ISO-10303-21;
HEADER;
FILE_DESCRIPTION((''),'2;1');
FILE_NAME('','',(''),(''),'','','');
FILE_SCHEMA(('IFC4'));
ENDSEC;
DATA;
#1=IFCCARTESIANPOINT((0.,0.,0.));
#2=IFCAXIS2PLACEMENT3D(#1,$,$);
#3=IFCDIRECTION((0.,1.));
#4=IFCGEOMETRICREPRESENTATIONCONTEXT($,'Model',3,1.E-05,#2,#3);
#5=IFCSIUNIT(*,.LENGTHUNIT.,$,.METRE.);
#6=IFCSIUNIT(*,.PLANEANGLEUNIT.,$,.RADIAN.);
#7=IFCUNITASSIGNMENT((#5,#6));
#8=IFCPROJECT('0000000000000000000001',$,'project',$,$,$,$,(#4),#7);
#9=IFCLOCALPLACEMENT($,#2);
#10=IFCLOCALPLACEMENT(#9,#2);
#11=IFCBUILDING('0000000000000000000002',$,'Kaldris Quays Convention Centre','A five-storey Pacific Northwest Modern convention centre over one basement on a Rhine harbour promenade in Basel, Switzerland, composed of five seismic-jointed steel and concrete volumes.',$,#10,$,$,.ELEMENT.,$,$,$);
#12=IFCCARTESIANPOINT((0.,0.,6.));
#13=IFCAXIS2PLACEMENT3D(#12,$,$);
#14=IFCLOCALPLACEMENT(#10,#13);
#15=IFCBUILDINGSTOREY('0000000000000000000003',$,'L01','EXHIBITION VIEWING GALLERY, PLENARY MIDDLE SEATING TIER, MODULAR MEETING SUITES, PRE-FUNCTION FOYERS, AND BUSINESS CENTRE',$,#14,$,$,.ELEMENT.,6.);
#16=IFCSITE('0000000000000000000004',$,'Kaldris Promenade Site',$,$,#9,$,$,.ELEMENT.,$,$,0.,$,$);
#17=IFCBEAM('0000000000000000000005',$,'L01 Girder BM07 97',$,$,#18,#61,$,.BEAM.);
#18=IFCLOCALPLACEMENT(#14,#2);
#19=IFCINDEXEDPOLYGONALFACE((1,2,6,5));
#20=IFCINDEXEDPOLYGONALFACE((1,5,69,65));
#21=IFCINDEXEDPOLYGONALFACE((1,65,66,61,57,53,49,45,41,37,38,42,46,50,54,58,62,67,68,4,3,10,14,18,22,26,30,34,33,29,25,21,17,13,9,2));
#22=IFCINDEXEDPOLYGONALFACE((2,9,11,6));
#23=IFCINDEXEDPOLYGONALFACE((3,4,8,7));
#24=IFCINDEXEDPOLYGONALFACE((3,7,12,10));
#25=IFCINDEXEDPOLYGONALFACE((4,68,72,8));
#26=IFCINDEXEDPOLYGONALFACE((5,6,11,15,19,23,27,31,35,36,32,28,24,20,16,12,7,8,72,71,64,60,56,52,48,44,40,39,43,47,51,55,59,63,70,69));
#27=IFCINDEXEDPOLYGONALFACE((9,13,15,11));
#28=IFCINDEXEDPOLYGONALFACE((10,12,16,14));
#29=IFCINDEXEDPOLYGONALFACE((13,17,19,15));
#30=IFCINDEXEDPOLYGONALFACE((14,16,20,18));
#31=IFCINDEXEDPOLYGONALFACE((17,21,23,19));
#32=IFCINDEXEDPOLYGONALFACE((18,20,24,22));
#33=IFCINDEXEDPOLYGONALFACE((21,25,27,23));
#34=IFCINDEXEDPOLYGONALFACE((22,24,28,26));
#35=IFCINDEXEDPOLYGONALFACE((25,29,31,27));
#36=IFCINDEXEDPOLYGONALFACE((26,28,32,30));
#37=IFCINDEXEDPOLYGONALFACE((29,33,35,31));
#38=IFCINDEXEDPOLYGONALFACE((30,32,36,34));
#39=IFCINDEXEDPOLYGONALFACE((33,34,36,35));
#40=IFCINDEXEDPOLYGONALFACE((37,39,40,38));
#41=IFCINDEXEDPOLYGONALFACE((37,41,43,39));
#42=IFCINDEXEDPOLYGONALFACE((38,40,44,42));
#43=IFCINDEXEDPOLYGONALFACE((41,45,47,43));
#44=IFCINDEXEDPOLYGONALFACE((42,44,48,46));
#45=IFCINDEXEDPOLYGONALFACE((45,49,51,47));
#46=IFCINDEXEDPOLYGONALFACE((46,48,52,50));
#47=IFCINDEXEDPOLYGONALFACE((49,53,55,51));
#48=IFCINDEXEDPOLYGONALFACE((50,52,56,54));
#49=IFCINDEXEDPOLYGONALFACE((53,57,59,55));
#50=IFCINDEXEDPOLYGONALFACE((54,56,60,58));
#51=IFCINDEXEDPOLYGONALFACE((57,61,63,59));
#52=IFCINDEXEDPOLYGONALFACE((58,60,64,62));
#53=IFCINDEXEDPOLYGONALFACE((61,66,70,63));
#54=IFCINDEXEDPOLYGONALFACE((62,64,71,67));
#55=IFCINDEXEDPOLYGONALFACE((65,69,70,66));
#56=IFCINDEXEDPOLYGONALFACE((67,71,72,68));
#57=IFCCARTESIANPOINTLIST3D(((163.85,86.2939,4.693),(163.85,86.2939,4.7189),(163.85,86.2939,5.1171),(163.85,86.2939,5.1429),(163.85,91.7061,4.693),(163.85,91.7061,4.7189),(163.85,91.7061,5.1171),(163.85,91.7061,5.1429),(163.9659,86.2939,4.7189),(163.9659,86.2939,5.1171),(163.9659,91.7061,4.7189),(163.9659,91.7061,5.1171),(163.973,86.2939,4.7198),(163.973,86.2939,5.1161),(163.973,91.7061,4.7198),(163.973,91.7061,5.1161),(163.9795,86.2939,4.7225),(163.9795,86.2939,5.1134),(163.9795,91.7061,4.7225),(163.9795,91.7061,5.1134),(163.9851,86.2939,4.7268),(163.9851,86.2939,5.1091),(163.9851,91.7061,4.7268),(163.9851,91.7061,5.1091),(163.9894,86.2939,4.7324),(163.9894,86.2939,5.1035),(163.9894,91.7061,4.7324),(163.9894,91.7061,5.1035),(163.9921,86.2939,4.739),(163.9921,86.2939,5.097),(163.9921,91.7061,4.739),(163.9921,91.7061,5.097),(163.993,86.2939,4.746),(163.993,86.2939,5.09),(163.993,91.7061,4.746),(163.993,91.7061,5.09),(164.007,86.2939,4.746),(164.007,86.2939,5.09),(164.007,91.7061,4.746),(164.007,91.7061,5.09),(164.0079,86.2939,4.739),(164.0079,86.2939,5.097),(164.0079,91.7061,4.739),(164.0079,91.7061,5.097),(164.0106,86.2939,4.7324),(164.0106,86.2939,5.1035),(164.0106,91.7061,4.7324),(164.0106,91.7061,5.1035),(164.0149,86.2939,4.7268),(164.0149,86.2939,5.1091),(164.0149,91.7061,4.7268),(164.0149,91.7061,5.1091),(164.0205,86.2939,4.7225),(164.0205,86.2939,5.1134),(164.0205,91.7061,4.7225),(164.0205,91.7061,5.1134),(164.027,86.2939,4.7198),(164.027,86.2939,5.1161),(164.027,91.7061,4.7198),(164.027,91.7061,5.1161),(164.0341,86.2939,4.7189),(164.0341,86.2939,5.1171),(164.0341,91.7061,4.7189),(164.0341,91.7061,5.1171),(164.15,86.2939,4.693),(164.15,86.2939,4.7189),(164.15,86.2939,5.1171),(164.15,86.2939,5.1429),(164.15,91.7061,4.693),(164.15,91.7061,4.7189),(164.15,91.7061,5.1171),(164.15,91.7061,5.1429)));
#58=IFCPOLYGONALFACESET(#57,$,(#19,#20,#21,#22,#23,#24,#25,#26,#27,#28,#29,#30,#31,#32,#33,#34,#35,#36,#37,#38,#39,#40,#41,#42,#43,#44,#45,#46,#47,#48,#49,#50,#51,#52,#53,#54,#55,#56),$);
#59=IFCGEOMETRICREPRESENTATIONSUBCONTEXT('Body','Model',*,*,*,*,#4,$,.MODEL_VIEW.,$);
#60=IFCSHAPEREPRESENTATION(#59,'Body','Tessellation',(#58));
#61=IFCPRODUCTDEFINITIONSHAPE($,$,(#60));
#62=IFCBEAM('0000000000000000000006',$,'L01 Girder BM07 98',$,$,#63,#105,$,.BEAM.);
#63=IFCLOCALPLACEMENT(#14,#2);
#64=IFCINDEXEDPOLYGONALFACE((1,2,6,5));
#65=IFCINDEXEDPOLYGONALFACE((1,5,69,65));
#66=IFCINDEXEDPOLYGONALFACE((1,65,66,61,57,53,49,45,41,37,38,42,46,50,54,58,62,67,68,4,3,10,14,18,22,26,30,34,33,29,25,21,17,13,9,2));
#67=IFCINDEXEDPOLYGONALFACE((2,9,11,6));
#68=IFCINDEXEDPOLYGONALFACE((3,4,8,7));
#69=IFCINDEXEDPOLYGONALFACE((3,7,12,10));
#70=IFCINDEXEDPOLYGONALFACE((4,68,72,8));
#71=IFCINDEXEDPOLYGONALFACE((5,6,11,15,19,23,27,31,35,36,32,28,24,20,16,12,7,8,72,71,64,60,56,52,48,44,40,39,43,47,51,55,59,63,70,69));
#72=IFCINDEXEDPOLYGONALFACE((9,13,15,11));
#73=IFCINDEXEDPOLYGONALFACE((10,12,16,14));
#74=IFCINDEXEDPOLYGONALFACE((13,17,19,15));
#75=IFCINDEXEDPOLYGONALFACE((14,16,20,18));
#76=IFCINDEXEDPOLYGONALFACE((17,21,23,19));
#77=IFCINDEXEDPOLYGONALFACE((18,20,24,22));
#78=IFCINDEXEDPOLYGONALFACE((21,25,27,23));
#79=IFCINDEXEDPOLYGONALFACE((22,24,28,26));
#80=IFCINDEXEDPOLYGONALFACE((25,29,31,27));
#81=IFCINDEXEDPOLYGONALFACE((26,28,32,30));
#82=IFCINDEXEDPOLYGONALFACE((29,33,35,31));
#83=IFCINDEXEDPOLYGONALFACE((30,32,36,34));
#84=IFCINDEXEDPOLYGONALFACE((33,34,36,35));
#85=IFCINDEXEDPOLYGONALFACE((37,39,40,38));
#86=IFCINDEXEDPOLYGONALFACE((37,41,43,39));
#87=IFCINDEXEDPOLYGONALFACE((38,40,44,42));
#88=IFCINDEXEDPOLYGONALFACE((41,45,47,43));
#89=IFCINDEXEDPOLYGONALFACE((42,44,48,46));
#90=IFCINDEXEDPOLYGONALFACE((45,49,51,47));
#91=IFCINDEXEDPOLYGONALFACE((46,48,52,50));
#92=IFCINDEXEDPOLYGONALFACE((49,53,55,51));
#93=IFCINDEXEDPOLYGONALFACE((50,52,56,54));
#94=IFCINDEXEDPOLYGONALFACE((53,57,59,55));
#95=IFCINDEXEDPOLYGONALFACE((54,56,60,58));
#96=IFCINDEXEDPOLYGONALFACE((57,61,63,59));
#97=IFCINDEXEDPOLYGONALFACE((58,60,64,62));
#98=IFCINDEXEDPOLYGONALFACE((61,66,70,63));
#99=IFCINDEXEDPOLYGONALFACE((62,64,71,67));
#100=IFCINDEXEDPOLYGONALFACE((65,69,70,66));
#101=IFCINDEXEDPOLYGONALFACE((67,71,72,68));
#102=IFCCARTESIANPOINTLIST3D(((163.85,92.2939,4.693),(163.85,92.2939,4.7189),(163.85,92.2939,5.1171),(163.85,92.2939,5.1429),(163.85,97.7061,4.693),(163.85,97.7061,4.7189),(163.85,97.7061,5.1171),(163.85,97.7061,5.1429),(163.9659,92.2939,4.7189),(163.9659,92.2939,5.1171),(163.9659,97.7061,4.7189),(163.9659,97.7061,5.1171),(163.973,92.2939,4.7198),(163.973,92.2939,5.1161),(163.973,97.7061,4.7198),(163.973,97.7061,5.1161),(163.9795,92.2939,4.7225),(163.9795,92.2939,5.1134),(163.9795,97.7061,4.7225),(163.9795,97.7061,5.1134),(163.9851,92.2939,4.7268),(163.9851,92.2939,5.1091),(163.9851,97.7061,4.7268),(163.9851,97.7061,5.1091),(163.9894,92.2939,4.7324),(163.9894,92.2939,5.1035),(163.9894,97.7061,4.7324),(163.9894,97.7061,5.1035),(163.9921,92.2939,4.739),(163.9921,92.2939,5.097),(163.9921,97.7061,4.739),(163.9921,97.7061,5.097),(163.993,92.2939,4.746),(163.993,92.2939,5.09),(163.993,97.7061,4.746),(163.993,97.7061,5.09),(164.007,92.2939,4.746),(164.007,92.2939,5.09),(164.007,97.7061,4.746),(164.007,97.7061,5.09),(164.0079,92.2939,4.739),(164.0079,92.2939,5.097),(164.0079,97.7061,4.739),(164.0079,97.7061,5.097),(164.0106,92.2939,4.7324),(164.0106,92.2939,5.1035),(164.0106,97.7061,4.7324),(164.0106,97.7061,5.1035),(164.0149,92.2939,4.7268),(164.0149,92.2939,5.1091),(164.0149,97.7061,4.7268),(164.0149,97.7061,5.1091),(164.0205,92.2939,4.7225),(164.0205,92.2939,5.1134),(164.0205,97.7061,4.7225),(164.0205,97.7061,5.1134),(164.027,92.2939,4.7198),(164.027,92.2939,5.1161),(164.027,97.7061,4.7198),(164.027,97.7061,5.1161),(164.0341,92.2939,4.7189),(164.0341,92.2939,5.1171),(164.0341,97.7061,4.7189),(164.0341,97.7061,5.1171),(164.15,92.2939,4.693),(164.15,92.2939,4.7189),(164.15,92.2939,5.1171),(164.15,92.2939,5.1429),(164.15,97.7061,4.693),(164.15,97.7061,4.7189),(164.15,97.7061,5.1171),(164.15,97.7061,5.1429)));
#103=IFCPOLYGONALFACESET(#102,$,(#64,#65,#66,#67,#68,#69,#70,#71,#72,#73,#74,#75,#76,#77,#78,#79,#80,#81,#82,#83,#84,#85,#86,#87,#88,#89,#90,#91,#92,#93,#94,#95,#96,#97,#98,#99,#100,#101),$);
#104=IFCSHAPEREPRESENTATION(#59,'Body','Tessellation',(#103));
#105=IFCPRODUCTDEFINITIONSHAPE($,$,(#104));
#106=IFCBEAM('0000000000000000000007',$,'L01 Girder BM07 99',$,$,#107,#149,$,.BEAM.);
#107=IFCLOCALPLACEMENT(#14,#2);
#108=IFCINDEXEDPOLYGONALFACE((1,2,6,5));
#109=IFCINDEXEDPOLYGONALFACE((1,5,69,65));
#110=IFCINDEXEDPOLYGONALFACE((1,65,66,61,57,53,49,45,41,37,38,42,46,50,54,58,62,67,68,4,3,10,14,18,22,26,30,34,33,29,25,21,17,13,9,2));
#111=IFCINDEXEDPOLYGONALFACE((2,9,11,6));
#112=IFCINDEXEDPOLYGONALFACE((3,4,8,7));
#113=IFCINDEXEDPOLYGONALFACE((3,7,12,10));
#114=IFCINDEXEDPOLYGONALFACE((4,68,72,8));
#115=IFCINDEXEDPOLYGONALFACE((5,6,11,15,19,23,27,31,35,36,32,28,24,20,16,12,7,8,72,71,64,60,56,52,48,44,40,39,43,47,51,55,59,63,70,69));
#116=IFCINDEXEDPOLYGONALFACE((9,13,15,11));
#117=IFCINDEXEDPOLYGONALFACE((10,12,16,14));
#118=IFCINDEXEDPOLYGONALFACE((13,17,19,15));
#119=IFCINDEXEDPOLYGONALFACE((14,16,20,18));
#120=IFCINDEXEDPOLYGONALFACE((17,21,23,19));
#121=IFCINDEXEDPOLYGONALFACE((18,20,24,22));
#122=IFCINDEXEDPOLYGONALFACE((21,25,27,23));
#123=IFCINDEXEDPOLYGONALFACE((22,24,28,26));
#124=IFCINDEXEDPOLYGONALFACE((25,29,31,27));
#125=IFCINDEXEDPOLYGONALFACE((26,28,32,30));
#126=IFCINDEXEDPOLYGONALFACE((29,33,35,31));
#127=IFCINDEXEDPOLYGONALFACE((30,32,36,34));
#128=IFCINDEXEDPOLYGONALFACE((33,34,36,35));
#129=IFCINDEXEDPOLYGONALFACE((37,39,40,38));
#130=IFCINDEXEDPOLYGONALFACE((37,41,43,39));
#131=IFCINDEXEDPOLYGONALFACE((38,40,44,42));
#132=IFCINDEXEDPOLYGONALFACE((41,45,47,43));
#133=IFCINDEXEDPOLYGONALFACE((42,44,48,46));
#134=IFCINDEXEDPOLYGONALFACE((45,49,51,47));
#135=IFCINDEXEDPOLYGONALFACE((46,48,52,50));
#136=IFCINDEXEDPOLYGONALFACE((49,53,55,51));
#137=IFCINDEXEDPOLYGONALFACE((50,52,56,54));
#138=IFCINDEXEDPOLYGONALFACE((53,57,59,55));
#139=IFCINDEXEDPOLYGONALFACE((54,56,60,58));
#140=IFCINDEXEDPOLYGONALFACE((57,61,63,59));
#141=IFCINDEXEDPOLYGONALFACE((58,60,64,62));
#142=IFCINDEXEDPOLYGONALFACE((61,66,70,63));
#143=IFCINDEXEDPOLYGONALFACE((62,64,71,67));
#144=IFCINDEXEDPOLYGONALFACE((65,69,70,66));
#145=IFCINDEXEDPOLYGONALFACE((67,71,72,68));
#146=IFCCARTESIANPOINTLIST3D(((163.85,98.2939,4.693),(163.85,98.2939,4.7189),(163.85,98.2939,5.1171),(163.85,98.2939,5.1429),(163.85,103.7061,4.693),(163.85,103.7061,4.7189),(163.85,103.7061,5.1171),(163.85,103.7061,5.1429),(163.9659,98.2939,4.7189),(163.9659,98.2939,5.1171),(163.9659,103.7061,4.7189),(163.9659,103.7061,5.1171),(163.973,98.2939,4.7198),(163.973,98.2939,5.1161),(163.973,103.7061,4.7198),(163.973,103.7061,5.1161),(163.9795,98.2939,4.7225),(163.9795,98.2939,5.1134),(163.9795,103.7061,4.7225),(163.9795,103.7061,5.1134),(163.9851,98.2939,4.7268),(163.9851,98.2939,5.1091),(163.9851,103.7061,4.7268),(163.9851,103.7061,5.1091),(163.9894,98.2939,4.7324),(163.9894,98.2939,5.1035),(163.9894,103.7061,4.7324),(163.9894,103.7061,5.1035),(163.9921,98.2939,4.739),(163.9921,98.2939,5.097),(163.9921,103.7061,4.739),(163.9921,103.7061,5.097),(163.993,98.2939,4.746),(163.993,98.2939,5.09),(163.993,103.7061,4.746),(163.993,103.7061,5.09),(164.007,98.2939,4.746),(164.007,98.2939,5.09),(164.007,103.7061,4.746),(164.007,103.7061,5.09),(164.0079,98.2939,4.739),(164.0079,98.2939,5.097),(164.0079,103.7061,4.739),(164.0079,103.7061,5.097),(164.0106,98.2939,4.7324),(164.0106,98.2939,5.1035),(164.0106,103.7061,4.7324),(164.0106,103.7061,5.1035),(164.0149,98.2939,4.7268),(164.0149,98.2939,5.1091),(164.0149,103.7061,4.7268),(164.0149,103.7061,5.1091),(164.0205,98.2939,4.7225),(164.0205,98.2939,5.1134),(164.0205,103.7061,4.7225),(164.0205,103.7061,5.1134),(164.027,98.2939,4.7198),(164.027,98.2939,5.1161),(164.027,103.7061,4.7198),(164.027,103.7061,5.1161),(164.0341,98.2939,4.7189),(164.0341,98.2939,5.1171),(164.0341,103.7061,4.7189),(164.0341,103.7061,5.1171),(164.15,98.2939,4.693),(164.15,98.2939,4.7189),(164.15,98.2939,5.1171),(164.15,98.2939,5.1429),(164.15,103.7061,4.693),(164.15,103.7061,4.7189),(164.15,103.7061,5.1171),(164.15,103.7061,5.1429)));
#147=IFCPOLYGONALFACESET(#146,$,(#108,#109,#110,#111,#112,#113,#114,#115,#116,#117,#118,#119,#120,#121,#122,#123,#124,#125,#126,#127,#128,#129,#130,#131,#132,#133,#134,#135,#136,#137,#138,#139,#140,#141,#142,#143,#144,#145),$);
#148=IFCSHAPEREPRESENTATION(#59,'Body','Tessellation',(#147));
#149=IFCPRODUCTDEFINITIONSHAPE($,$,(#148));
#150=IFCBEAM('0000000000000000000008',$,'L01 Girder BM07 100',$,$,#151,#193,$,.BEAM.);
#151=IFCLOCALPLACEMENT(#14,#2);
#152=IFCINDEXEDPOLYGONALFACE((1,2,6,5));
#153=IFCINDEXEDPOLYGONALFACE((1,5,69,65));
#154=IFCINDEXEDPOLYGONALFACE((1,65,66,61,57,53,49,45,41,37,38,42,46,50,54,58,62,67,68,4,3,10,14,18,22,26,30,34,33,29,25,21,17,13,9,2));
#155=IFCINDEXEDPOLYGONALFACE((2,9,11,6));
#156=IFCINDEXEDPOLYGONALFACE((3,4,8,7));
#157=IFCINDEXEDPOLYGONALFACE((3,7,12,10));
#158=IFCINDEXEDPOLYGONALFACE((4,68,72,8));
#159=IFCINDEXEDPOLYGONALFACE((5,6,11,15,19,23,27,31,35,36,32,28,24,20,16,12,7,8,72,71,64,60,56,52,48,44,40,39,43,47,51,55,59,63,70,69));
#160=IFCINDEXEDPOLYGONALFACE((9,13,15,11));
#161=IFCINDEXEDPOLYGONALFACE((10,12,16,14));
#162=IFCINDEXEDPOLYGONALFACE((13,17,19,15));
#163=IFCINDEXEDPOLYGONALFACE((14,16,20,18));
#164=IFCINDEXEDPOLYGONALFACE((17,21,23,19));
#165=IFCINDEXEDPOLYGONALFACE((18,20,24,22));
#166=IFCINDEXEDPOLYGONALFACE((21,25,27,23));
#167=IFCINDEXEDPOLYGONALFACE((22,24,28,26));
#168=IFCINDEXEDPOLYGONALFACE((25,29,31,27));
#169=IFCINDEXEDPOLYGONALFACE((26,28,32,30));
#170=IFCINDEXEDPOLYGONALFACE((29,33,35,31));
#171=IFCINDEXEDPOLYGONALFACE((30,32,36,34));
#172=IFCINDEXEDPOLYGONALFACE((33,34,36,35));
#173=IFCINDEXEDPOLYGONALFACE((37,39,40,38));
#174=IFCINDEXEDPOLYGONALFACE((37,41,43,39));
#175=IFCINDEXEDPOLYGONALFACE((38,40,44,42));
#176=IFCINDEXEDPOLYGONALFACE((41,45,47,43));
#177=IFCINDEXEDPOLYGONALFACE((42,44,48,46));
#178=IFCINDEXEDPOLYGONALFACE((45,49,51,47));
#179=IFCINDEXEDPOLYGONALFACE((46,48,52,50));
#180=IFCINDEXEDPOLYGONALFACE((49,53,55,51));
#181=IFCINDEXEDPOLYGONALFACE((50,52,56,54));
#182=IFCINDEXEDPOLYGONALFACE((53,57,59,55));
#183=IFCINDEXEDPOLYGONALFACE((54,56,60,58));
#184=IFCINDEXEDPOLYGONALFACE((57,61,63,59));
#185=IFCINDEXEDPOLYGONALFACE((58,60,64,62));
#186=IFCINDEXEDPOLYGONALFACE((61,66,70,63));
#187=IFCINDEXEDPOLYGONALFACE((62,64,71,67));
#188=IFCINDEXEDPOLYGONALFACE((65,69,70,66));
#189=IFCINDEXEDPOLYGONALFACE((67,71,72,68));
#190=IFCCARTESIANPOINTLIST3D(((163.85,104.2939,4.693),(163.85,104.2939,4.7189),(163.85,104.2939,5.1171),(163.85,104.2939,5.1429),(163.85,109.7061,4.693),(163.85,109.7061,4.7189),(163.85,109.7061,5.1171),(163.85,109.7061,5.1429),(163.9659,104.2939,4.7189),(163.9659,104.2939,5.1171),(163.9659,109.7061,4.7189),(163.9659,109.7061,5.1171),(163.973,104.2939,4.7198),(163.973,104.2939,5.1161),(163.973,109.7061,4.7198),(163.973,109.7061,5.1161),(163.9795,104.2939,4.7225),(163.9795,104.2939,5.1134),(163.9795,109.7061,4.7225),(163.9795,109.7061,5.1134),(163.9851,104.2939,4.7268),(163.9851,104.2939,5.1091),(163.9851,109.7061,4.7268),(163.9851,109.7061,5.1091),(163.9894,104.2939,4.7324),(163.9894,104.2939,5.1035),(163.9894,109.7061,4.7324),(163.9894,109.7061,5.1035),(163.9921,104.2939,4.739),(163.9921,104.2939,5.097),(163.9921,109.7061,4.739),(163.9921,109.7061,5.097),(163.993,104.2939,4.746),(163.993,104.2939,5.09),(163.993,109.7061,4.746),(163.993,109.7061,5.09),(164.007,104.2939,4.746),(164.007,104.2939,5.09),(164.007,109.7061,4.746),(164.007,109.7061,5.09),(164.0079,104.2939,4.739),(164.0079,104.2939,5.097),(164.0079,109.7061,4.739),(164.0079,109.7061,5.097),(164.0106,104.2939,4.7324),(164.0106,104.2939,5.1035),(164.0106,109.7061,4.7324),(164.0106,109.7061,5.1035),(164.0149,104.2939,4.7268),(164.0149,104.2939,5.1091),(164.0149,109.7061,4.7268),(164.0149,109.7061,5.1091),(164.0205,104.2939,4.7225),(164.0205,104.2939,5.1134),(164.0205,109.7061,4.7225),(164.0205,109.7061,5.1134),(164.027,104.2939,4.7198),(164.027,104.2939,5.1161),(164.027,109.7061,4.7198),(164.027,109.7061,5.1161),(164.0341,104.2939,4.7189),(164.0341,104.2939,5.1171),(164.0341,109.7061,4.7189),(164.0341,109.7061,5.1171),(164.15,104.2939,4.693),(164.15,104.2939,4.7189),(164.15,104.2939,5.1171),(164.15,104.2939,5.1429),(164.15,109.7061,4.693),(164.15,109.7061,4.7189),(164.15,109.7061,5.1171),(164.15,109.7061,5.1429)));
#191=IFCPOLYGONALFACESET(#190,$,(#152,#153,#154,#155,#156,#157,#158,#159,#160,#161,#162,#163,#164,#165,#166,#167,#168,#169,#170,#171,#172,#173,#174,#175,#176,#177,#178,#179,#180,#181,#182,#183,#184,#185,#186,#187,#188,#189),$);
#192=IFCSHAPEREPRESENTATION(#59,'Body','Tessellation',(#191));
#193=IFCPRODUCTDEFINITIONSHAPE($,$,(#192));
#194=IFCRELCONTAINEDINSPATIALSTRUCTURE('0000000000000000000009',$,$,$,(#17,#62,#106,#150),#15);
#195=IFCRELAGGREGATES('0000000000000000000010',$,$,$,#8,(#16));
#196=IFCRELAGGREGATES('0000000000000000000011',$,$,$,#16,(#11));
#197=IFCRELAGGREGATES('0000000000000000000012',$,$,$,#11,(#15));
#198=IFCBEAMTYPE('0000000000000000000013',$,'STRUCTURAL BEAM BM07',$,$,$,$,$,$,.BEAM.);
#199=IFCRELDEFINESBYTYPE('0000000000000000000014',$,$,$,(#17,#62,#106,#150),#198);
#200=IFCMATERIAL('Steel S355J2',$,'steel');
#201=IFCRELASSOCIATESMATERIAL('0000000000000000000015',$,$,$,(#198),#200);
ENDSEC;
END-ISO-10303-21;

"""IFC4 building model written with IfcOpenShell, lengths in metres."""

from ifc_helpers import new_model, si_unit, direction, frame, origin, origin_2d, place, context, subcontext, project, spatial, i_section, extrude, material, material_profile, profile_set, type_object, element, save


model = new_model("IFC4")

# Units and contexts
model_context = context("Model", 3, precision=1e-05, world=origin(), true_north=direction((0.0, 1.0)))
body_context = subcontext(model_context, "Body", "Model", "MODEL_VIEW")
ifc_project = project(units=[si_unit("LENGTHUNIT", "METRE"), si_unit("PLANEANGLEUNIT", "RADIAN")], contexts=[model_context])

# Site, building, storey
site_placement = place(None, origin())
site = spatial("IfcSite", under=ifc_project, at=site_placement, Name="Kaldris Promenade Site", CompositionType="ELEMENT", RefElevation=0.0)
building_placement = place(site_placement, origin())
building = spatial("IfcBuilding", under=site, at=building_placement, Name="Kaldris Quays Convention Centre", Description="A five-storey Pacific Northwest Modern convention centre over one basement on a Rhine harbour promenade in Basel, Switzerland, composed of five seismic-jointed steel and concrete volumes.", CompositionType="ELEMENT")
storey_placement = place(building_placement, frame((0.0, 0.0, 6.0)))
storey = spatial("IfcBuildingStorey", under=building, at=storey_placement, Name="L01", Description="EXHIBITION VIEWING GALLERY, PLENARY MIDDLE SEATING TIER, MODULAR MEETING SUITES, PRE-FUNCTION FOYERS, AND BUSINESS CENTRE", CompositionType="ELEMENT", Elevation=6.0)

# Shared definitions
ifc_material_1 = material(Name="Steel S355J2", Category="steel")

# Beams
ifc_material_profile_1 = material_profile(ifc_material_1, i_section(OverallWidth=0.3, OverallDepth=0.45, WebThickness=0.0139, FlangeThickness=0.0259, FilletRadius=0.0271, at=origin_2d()), Name="HEB 450")
ifc_profile_set_1 = profile_set([ifc_material_profile_1], Name="Steel S355J2")
beam_type_1 = type_object("IfcBeamType", Name="STRUCTURAL BEAM BM07", PredefinedType="BEAM", material=ifc_profile_set_1)
for number, where, z_axis, x_axis, name in (
    (1, (164.0, 86.2939, 4.918), (0.0, 1.0, 0.0), (-1.0, 0.0, 0.0), "L01 Girder BM07 97"),
    (2, (164.0, 92.2939, 4.918), (0.0, 1.0, 0.0), (-1.0, 0.0, 0.0), "L01 Girder BM07 98"),
    (3, (164.0, 98.2939, 4.918), (0.0, 1.0, 0.0), (-1.0, 0.0, 0.0), "L01 Girder BM07 99"),
    (4, (164.0, 104.2939, 4.918), (0.0, 1.0, 0.0), (-1.0, 0.0, 0.0), "L01 Girder BM07 100"),
):
    element("IfcBeam", number, at=place(storey_placement, frame(where, z_axis=z_axis, x_axis=x_axis)), inside=storey, type_object=beam_type_1, Name=name, PredefinedType="BEAM", context=body_context, shape_type="SweptSolid", body=[
        extrude(i_section(OverallWidth=0.3, OverallDepth=0.45, WebThickness=0.0139, FlangeThickness=0.0259, FilletRadius=0.0271, at=origin_2d()), origin(), (0.0, 0.0, 1.0), 5.4121),
    ])

save(model, "model.ifc")
